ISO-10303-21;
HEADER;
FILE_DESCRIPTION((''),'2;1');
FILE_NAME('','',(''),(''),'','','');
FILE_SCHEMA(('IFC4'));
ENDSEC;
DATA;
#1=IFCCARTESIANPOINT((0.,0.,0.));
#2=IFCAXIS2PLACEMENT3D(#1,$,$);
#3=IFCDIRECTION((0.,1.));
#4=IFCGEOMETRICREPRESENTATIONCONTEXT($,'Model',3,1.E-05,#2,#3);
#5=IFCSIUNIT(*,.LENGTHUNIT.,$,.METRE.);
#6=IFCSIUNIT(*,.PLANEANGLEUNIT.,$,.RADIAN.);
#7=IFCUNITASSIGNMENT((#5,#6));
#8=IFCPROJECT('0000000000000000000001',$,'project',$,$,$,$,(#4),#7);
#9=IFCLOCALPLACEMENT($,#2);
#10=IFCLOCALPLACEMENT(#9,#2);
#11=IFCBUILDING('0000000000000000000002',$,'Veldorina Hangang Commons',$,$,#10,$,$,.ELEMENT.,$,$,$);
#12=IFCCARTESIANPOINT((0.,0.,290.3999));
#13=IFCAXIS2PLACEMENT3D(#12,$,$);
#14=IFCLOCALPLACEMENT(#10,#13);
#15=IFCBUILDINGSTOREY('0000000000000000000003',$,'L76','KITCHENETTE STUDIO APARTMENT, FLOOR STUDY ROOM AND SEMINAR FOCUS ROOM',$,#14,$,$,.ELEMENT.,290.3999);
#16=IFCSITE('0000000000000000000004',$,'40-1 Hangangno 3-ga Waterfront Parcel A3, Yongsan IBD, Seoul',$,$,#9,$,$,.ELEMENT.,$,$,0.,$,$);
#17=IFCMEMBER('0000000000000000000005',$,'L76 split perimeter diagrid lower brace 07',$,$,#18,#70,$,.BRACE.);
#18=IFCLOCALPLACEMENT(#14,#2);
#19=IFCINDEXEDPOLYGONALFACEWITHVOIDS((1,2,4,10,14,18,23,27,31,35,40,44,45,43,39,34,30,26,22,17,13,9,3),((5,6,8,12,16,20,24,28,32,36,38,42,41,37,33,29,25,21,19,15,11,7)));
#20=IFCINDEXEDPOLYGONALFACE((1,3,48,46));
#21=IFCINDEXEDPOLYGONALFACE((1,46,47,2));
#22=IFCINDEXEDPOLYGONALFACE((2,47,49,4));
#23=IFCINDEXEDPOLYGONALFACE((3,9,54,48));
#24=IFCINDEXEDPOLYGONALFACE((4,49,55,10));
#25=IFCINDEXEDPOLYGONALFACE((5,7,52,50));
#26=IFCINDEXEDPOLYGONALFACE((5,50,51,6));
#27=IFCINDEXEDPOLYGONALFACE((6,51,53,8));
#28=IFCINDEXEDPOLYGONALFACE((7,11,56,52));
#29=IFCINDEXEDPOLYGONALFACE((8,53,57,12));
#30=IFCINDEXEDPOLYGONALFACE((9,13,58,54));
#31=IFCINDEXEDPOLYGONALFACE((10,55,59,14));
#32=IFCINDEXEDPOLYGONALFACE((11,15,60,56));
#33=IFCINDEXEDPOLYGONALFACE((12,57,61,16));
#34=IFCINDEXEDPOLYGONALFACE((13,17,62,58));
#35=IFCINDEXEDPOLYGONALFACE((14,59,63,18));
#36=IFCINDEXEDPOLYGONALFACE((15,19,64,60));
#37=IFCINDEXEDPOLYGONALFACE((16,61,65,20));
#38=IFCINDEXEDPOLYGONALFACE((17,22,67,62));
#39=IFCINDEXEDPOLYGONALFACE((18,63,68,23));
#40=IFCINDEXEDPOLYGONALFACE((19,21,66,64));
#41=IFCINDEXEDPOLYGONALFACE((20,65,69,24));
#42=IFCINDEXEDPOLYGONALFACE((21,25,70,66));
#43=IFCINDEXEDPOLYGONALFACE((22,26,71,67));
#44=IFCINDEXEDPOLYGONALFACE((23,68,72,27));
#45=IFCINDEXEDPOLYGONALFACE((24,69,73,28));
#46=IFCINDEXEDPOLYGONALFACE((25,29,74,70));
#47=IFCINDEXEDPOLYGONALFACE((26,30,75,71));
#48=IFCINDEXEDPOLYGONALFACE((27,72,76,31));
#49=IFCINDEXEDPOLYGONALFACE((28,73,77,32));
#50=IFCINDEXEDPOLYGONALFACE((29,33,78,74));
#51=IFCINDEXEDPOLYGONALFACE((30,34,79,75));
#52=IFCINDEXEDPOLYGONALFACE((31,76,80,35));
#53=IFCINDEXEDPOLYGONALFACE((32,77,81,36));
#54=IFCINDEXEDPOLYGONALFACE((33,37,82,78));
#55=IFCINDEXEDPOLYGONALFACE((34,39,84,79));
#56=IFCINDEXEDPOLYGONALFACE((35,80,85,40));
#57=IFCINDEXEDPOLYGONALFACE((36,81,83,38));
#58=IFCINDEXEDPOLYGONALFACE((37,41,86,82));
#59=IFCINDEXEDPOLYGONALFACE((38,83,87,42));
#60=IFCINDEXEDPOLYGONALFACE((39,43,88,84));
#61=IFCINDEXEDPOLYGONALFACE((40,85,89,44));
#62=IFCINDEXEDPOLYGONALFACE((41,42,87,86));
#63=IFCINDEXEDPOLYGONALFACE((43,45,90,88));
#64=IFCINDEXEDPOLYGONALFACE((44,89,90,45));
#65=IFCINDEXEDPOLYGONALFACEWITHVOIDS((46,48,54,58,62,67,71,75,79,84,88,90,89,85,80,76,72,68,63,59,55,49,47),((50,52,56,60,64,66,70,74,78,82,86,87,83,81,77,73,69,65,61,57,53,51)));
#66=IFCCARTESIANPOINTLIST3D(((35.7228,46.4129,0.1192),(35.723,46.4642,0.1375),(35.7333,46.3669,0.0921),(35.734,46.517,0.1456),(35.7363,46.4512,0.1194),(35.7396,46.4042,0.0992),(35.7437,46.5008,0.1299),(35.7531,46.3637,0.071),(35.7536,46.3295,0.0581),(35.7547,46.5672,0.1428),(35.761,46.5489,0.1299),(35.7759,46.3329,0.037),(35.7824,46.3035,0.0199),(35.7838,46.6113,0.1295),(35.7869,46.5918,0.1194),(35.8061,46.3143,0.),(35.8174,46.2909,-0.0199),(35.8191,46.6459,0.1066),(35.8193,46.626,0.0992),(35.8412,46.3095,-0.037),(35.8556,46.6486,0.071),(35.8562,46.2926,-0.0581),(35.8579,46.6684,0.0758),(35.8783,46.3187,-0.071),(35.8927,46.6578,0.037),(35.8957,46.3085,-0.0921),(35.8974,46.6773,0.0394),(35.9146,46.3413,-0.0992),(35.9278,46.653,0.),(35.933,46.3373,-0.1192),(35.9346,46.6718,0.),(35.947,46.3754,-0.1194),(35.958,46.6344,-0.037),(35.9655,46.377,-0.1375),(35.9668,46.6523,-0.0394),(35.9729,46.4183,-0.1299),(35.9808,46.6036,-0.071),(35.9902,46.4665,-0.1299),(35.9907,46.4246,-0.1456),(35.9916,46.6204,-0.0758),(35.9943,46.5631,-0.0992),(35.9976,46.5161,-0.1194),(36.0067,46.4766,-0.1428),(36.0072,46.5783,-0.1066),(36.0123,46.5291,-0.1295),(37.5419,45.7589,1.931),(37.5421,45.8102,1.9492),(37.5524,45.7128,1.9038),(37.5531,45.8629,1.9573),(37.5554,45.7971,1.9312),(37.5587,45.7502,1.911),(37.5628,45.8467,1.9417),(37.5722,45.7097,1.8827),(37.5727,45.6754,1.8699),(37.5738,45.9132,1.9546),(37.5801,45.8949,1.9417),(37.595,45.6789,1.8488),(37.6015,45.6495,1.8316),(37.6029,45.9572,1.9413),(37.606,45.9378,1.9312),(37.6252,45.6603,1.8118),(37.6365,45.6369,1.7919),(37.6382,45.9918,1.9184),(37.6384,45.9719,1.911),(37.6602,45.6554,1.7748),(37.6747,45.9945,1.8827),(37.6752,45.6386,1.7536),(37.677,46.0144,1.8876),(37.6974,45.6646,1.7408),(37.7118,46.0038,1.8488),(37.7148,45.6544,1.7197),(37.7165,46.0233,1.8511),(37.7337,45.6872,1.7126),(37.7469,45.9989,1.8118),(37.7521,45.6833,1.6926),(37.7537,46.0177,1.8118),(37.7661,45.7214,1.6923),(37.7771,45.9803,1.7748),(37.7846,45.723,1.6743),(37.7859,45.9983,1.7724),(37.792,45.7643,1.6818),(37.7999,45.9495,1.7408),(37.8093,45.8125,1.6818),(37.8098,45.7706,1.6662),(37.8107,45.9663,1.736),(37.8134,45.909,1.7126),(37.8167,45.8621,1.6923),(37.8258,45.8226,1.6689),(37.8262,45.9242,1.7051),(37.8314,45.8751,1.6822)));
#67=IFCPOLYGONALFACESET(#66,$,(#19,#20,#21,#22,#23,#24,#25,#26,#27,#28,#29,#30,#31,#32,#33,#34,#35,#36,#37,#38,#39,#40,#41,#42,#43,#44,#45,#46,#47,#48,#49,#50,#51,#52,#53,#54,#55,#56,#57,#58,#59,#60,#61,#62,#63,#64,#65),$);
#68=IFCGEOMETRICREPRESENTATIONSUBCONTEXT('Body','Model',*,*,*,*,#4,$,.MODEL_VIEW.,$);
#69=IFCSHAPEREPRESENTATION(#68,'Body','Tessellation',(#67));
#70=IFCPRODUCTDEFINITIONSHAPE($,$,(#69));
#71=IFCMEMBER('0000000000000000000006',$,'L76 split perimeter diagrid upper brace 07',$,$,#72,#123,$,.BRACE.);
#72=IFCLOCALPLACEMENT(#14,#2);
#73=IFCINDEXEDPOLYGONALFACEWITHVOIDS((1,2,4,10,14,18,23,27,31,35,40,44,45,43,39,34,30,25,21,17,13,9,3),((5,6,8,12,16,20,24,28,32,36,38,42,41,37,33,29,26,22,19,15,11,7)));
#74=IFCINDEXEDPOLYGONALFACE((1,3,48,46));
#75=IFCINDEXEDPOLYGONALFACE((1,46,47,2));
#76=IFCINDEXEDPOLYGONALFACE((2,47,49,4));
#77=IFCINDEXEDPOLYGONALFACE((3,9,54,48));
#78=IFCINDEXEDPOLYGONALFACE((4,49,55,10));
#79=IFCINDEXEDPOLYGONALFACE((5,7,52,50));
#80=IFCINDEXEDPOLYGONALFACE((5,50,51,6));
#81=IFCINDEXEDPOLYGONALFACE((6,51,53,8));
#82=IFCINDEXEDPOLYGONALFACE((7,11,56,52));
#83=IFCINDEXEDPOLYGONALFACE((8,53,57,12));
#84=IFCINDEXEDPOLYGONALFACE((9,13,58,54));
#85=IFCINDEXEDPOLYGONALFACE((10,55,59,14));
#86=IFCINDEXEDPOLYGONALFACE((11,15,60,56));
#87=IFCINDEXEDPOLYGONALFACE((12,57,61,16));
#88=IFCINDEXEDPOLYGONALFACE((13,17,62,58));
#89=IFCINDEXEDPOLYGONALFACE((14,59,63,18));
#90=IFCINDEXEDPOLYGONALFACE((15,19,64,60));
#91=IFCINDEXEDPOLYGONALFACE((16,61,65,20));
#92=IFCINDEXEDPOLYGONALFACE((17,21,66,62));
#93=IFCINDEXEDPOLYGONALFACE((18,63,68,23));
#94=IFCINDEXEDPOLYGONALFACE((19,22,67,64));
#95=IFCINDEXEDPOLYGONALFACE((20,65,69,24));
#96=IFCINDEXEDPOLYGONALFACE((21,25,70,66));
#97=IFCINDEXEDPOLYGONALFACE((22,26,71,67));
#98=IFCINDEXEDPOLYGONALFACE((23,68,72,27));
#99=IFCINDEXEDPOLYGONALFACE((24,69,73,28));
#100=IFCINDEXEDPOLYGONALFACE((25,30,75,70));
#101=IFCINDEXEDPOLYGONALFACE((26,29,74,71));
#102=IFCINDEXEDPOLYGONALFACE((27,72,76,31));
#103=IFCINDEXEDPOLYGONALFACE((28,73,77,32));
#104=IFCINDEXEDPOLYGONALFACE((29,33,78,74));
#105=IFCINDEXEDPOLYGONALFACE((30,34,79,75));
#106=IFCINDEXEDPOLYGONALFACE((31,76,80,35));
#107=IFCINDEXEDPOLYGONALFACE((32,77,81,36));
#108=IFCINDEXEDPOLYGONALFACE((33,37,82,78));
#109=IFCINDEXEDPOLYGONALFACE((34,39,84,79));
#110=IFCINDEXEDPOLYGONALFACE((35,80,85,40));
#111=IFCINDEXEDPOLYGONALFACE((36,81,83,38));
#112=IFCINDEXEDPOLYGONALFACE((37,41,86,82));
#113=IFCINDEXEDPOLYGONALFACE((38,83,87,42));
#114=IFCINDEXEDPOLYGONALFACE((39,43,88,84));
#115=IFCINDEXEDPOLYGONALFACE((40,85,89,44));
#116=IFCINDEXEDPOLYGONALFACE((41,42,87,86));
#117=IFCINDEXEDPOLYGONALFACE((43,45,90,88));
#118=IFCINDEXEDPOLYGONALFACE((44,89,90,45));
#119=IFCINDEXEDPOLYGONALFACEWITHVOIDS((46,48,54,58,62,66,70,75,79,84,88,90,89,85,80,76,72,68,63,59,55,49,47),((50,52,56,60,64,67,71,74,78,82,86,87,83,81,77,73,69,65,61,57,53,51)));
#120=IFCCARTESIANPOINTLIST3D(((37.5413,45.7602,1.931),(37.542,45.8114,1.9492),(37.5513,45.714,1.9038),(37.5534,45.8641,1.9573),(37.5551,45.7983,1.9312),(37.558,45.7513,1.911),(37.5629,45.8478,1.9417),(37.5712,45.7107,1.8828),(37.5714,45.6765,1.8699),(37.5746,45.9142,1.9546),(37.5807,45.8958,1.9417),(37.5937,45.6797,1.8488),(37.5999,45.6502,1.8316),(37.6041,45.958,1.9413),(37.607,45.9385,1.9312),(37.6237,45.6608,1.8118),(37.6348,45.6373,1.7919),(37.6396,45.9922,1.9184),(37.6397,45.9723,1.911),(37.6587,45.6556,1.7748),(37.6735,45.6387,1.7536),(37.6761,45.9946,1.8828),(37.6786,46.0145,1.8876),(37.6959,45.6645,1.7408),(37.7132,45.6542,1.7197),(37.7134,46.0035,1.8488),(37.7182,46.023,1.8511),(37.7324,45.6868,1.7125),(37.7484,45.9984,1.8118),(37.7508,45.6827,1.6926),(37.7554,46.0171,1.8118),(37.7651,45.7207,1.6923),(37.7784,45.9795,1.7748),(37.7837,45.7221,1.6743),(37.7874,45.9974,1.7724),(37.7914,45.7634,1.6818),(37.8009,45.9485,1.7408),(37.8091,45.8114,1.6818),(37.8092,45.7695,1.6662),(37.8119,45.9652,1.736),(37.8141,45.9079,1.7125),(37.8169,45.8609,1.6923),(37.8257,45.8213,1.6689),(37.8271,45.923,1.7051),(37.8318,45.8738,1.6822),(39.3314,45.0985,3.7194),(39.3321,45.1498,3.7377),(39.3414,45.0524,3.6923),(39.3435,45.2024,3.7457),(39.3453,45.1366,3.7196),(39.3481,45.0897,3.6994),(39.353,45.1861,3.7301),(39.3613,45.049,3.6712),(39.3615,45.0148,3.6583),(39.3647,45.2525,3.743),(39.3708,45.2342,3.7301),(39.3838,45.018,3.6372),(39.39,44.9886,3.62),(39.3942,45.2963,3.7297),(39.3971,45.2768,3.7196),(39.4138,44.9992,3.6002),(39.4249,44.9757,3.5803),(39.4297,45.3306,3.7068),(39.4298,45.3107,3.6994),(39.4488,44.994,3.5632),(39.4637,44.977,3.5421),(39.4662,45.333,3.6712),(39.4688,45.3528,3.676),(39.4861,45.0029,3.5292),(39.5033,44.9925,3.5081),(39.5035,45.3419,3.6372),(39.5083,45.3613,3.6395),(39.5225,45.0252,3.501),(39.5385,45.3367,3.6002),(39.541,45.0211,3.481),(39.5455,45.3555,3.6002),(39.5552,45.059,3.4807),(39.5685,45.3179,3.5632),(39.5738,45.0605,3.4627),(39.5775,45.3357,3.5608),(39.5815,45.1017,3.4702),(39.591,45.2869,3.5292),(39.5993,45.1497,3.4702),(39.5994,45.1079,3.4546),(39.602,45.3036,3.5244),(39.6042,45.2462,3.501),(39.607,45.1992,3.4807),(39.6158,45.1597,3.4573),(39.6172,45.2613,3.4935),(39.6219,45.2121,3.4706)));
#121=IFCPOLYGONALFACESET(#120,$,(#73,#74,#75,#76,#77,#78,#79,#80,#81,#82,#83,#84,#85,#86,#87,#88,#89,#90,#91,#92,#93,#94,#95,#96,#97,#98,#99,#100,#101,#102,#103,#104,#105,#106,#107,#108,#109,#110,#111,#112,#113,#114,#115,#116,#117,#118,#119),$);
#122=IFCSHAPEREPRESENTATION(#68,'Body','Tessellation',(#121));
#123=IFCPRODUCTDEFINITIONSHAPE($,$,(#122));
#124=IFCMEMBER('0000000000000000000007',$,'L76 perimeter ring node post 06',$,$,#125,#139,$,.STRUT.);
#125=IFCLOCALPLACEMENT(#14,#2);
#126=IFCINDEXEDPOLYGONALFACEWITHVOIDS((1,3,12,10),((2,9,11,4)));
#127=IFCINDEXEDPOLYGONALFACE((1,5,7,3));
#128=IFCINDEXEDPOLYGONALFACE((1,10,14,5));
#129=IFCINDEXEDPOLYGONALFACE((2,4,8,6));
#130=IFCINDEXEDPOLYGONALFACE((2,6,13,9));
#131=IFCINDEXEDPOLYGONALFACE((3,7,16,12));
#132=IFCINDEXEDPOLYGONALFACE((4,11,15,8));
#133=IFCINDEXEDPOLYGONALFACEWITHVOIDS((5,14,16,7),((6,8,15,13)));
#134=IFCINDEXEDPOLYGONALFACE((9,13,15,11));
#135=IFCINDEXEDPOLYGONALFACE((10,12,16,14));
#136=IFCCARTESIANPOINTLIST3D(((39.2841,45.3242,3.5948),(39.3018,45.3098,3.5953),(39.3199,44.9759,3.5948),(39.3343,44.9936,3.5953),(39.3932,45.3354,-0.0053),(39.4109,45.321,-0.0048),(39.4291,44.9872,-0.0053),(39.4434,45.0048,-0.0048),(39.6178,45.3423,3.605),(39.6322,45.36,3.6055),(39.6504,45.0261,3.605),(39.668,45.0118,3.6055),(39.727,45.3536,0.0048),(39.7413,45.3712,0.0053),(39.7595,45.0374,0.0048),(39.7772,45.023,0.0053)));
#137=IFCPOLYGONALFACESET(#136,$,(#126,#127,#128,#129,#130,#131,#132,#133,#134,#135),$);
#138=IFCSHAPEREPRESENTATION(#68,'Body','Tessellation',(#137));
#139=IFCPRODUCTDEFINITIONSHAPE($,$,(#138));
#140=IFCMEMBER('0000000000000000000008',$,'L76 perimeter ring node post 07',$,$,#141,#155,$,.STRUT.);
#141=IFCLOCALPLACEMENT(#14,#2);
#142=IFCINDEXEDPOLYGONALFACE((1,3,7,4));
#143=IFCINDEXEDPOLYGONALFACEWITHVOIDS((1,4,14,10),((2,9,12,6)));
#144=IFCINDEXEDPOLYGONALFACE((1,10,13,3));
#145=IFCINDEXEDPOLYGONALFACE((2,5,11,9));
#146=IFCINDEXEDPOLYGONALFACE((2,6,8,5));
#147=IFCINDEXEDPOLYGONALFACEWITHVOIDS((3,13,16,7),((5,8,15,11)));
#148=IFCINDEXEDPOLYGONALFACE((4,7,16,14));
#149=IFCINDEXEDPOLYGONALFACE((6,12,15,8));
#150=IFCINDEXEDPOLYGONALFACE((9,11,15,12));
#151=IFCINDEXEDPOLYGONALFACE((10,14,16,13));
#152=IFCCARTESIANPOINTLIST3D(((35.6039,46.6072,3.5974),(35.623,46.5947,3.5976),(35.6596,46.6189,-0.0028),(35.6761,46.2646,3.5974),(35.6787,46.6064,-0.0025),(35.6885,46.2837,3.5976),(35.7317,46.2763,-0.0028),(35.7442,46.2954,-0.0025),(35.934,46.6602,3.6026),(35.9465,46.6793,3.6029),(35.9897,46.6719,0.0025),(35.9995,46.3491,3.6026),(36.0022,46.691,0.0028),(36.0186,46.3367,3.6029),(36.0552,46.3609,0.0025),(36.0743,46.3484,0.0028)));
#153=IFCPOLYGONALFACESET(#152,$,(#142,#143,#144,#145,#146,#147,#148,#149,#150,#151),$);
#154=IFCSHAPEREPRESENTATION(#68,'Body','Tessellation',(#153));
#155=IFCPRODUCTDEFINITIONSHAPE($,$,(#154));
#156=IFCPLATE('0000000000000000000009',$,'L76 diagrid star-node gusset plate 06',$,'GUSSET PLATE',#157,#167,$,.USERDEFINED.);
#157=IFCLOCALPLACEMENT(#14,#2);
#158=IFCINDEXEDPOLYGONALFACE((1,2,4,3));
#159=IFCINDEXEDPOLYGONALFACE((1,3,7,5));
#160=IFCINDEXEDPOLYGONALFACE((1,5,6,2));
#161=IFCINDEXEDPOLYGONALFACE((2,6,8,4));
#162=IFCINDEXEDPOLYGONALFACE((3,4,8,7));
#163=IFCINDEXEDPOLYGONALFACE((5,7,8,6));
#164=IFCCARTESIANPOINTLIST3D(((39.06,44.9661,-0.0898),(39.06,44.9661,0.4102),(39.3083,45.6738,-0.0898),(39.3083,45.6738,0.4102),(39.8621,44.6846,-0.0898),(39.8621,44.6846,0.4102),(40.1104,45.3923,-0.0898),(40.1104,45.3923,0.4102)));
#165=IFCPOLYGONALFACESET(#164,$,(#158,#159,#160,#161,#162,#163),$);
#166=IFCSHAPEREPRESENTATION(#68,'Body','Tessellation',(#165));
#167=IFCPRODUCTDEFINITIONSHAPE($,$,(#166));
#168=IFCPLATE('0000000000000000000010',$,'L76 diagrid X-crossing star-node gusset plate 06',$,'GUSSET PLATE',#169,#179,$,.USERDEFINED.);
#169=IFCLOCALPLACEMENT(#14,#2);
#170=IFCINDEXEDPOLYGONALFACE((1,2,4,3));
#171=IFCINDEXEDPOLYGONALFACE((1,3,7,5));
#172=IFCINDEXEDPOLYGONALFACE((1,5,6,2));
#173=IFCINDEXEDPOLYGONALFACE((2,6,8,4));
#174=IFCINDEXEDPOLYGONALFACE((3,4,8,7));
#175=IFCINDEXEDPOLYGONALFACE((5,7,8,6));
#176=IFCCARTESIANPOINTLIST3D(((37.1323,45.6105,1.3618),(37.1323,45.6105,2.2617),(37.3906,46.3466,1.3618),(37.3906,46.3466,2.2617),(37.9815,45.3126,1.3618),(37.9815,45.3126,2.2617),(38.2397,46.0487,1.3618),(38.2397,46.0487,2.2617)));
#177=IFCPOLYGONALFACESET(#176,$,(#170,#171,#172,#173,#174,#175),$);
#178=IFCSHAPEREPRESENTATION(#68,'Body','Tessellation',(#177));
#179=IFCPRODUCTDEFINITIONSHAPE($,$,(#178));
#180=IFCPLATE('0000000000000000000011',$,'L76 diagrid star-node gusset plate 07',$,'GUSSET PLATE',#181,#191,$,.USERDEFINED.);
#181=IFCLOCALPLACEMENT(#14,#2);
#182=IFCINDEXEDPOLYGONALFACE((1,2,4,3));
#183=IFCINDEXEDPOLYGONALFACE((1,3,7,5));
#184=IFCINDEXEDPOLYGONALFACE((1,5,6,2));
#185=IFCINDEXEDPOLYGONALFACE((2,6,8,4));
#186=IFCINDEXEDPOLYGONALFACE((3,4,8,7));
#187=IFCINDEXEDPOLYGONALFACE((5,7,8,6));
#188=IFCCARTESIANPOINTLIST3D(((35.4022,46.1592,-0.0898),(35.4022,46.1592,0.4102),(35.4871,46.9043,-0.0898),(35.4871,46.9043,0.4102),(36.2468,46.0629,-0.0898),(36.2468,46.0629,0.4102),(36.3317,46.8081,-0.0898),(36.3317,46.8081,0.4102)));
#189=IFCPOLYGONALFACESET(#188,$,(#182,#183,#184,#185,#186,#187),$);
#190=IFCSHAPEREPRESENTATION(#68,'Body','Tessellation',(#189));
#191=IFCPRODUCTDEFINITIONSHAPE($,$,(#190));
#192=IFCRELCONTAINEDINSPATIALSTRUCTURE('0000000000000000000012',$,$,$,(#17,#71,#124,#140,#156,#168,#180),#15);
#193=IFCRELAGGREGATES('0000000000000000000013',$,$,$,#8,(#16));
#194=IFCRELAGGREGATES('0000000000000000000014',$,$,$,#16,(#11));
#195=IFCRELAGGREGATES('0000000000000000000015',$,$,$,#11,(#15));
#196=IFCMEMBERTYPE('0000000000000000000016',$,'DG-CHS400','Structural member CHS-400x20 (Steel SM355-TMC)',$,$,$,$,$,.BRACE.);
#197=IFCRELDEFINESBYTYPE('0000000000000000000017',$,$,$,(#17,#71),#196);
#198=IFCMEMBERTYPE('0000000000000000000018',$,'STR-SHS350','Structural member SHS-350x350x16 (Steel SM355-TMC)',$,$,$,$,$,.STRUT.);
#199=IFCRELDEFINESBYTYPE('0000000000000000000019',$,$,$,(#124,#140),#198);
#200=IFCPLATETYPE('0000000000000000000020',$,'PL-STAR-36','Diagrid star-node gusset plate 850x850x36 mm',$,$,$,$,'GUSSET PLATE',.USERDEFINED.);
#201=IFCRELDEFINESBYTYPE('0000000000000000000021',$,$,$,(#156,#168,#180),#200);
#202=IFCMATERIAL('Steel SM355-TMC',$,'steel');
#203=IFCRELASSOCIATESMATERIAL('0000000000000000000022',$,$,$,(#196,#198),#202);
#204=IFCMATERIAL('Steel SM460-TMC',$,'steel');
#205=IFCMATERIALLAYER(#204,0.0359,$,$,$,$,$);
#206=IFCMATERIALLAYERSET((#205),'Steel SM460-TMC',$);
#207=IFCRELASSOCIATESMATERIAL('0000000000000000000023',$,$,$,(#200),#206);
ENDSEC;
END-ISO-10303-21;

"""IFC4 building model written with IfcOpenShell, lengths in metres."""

from ifc_helpers import new_model, si_unit, direction, frame, origin, origin_2d, place, context, subcontext, project, spatial, rectangle, hollow_rectangle, hollow_circle, extrude, material, layer, layer_set, material_profile, profile_set, type_object, element, save


model = new_model("IFC4")

# Units and contexts
model_context = context("Model", 3, precision=1e-05, world=origin(), true_north=direction((0.0, 1.0)))
body_context = subcontext(model_context, "Body", "Model", "MODEL_VIEW")
ifc_project = project(units=[si_unit("LENGTHUNIT", "METRE"), si_unit("PLANEANGLEUNIT", "RADIAN")], contexts=[model_context])

# Site, building, storey
site_placement = place(None, origin())
site = spatial("IfcSite", under=ifc_project, at=site_placement, Name="40-1 Hangangno 3-ga Waterfront Parcel A3, Yongsan IBD, Seoul", CompositionType="ELEMENT", RefElevation=0.0)
building_placement = place(site_placement, origin())
building = spatial("IfcBuilding", under=site, at=building_placement, Name="Veldorina Hangang Commons", CompositionType="ELEMENT")
storey_placement = place(building_placement, frame((0.0, 0.0, 290.3999)))
storey = spatial("IfcBuildingStorey", under=building, at=storey_placement, Name="L76", Description="KITCHENETTE STUDIO APARTMENT, FLOOR STUDY ROOM AND SEMINAR FOCUS ROOM", CompositionType="ELEMENT", Elevation=290.3999)

# Shared definitions
ifc_material_1 = material(Name="Steel SM355-TMC", Category="steel")

# Members
ifc_material_profile_1 = material_profile(ifc_material_1, hollow_circle(Radius=0.2, WallThickness=0.02, at=origin_2d()), Name="CHS-400x20")
ifc_profile_set_1 = profile_set([ifc_material_profile_1], Name="Steel SM355-TMC")
member_type_1 = type_object("IfcMemberType", Name="DG-CHS400", Description="Structural member CHS-400x20 (Steel SM355-TMC)", PredefinedType="BRACE", material=ifc_profile_set_1)
member_1_placement = place(storey_placement, frame((35.8669, 46.4836, 0.0), z_axis=(0.686602, -0.246867, 0.683838), x_axis=(0.338344, 0.941023, 0.0)))
element("IfcMember", 1, at=member_1_placement, inside=storey, type_object=member_type_1, Name="L76 split perimeter diagrid lower brace 07", PredefinedType="BRACE", context=body_context, shape_type="SweptSolid", body=[
    extrude(hollow_circle(Radius=0.2, WallThickness=0.02, at=origin_2d()), origin(), (0.0, 0.0, 1.0), 2.6494),
])
member_2_placement = place(storey_placement, frame((37.686, 45.8296, 1.8118), z_axis=(0.684433, -0.252975, 0.68378), x_axis=(0.346689, 0.93798, 0.0)))
element("IfcMember", 2, at=member_2_placement, inside=storey, type_object=member_type_1, Name="L76 split perimeter diagrid upper brace 07", PredefinedType="BRACE", context=body_context, shape_type="SweptSolid", body=[
    extrude(hollow_circle(Radius=0.2, WallThickness=0.02, at=origin_2d()), origin(), (0.0, 0.0, 1.0), 2.6155),
])
ifc_material_profile_2 = material_profile(ifc_material_1, hollow_rectangle(XDim=0.3501, YDim=0.3501, WallThickness=0.0161, at=origin_2d()), Name="SHS-350x350x16")
ifc_profile_set_2 = profile_set([ifc_material_profile_2], Name="Steel SM355-TMC")
member_type_2 = type_object("IfcMemberType", Name="STR-SHS350", Description="Structural member SHS-350x350x16 (Steel SM355-TMC)", PredefinedType="STRUT", material=ifc_profile_set_2)
member_3_placement = place(storey_placement, frame((39.5852, 45.1792, 0.0), z_axis=(-0.030299, -0.003118, 0.999536), x_axis=(0.102368, -0.994747, 0.0)))
element("IfcMember", 3, at=member_3_placement, inside=storey, type_object=member_type_2, Name="L76 perimeter ring node post 06", PredefinedType="STRUT", context=body_context, shape_type="SweptSolid", body=[
    extrude(hollow_rectangle(XDim=0.3501, YDim=0.3501, WallThickness=0.0161, at=origin_2d()), origin(), (0.0, 0.0, 1.0), 3.6018),
])
member_4_placement = place(storey_placement, frame((35.8669, 46.4836, 0.0), z_axis=(-0.01546, -0.003255, 0.999875), x_axis=(0.20601, -0.97855, 0.0)))
element("IfcMember", 4, at=member_4_placement, inside=storey, type_object=member_type_2, Name="L76 perimeter ring node post 07", PredefinedType="STRUT", context=body_context, shape_type="SweptSolid", body=[
    extrude(hollow_rectangle(XDim=0.3501, YDim=0.3501, WallThickness=0.0161, at=origin_2d()), origin(), (0.0, 0.0, 1.0), 3.6006),
])

# Plates
ifc_material_2 = material(Name="Steel SM460-TMC", Category="steel")
ifc_layer_1 = layer(ifc_material_2, 0.0359)
ifc_layer_set_1 = layer_set([ifc_layer_1], Name="Steel SM460-TMC")
plate_type = type_object("IfcPlateType", Name="PL-STAR-36", Description="Diagrid star-node gusset plate 850x850x36 mm", ElementType="GUSSET PLATE", PredefinedType="USERDEFINED", material=ifc_layer_set_1)
plate_1_placement = place(storey_placement, frame((39.5852, 45.1792, -0.0898), z_axis=(0.0, 0.0, 1.0), x_axis=(-0.943616, 0.331041, 0.0)))
element("IfcPlate", 5, at=plate_1_placement, inside=storey, type_object=plate_type, Name="L76 diagrid star-node gusset plate 06", ObjectType="GUSSET PLATE", PredefinedType="USERDEFINED", context=body_context, shape_type="SweptSolid", body=[
    extrude(rectangle(XDim=0.8501, YDim=0.75, at=origin_2d()), origin(), (0.0, 0.0, 1.0), 0.5),
])
plate_2_placement = place(storey_placement, frame((37.686, 45.8296, 1.3618), z_axis=(0.0, 0.0, 1.0), x_axis=(-0.943616, 0.331041, 0.0)))
element("IfcPlate", 6, at=plate_2_placement, inside=storey, type_object=plate_type, Name="L76 diagrid X-crossing star-node gusset plate 06", ObjectType="GUSSET PLATE", PredefinedType="USERDEFINED", context=body_context, shape_type="SweptSolid", body=[
    extrude(rectangle(XDim=0.8999, YDim=0.78, at=origin_2d()), origin(), (0.0, 0.0, 1.0), 0.8999),
])
plate_3_placement = place(storey_placement, frame((35.8669, 46.4836, -0.0898), z_axis=(0.0, 0.0, 1.0), x_axis=(-0.993574, 0.113186, 0.0)))
element("IfcPlate", 7, at=plate_3_placement, inside=storey, type_object=plate_type, Name="L76 diagrid star-node gusset plate 07", ObjectType="GUSSET PLATE", PredefinedType="USERDEFINED", context=body_context, shape_type="SweptSolid", body=[
    extrude(rectangle(XDim=0.8501, YDim=0.75, at=origin_2d()), origin(), (0.0, 0.0, 1.0), 0.5),
])

save(model, "model.ifc")
